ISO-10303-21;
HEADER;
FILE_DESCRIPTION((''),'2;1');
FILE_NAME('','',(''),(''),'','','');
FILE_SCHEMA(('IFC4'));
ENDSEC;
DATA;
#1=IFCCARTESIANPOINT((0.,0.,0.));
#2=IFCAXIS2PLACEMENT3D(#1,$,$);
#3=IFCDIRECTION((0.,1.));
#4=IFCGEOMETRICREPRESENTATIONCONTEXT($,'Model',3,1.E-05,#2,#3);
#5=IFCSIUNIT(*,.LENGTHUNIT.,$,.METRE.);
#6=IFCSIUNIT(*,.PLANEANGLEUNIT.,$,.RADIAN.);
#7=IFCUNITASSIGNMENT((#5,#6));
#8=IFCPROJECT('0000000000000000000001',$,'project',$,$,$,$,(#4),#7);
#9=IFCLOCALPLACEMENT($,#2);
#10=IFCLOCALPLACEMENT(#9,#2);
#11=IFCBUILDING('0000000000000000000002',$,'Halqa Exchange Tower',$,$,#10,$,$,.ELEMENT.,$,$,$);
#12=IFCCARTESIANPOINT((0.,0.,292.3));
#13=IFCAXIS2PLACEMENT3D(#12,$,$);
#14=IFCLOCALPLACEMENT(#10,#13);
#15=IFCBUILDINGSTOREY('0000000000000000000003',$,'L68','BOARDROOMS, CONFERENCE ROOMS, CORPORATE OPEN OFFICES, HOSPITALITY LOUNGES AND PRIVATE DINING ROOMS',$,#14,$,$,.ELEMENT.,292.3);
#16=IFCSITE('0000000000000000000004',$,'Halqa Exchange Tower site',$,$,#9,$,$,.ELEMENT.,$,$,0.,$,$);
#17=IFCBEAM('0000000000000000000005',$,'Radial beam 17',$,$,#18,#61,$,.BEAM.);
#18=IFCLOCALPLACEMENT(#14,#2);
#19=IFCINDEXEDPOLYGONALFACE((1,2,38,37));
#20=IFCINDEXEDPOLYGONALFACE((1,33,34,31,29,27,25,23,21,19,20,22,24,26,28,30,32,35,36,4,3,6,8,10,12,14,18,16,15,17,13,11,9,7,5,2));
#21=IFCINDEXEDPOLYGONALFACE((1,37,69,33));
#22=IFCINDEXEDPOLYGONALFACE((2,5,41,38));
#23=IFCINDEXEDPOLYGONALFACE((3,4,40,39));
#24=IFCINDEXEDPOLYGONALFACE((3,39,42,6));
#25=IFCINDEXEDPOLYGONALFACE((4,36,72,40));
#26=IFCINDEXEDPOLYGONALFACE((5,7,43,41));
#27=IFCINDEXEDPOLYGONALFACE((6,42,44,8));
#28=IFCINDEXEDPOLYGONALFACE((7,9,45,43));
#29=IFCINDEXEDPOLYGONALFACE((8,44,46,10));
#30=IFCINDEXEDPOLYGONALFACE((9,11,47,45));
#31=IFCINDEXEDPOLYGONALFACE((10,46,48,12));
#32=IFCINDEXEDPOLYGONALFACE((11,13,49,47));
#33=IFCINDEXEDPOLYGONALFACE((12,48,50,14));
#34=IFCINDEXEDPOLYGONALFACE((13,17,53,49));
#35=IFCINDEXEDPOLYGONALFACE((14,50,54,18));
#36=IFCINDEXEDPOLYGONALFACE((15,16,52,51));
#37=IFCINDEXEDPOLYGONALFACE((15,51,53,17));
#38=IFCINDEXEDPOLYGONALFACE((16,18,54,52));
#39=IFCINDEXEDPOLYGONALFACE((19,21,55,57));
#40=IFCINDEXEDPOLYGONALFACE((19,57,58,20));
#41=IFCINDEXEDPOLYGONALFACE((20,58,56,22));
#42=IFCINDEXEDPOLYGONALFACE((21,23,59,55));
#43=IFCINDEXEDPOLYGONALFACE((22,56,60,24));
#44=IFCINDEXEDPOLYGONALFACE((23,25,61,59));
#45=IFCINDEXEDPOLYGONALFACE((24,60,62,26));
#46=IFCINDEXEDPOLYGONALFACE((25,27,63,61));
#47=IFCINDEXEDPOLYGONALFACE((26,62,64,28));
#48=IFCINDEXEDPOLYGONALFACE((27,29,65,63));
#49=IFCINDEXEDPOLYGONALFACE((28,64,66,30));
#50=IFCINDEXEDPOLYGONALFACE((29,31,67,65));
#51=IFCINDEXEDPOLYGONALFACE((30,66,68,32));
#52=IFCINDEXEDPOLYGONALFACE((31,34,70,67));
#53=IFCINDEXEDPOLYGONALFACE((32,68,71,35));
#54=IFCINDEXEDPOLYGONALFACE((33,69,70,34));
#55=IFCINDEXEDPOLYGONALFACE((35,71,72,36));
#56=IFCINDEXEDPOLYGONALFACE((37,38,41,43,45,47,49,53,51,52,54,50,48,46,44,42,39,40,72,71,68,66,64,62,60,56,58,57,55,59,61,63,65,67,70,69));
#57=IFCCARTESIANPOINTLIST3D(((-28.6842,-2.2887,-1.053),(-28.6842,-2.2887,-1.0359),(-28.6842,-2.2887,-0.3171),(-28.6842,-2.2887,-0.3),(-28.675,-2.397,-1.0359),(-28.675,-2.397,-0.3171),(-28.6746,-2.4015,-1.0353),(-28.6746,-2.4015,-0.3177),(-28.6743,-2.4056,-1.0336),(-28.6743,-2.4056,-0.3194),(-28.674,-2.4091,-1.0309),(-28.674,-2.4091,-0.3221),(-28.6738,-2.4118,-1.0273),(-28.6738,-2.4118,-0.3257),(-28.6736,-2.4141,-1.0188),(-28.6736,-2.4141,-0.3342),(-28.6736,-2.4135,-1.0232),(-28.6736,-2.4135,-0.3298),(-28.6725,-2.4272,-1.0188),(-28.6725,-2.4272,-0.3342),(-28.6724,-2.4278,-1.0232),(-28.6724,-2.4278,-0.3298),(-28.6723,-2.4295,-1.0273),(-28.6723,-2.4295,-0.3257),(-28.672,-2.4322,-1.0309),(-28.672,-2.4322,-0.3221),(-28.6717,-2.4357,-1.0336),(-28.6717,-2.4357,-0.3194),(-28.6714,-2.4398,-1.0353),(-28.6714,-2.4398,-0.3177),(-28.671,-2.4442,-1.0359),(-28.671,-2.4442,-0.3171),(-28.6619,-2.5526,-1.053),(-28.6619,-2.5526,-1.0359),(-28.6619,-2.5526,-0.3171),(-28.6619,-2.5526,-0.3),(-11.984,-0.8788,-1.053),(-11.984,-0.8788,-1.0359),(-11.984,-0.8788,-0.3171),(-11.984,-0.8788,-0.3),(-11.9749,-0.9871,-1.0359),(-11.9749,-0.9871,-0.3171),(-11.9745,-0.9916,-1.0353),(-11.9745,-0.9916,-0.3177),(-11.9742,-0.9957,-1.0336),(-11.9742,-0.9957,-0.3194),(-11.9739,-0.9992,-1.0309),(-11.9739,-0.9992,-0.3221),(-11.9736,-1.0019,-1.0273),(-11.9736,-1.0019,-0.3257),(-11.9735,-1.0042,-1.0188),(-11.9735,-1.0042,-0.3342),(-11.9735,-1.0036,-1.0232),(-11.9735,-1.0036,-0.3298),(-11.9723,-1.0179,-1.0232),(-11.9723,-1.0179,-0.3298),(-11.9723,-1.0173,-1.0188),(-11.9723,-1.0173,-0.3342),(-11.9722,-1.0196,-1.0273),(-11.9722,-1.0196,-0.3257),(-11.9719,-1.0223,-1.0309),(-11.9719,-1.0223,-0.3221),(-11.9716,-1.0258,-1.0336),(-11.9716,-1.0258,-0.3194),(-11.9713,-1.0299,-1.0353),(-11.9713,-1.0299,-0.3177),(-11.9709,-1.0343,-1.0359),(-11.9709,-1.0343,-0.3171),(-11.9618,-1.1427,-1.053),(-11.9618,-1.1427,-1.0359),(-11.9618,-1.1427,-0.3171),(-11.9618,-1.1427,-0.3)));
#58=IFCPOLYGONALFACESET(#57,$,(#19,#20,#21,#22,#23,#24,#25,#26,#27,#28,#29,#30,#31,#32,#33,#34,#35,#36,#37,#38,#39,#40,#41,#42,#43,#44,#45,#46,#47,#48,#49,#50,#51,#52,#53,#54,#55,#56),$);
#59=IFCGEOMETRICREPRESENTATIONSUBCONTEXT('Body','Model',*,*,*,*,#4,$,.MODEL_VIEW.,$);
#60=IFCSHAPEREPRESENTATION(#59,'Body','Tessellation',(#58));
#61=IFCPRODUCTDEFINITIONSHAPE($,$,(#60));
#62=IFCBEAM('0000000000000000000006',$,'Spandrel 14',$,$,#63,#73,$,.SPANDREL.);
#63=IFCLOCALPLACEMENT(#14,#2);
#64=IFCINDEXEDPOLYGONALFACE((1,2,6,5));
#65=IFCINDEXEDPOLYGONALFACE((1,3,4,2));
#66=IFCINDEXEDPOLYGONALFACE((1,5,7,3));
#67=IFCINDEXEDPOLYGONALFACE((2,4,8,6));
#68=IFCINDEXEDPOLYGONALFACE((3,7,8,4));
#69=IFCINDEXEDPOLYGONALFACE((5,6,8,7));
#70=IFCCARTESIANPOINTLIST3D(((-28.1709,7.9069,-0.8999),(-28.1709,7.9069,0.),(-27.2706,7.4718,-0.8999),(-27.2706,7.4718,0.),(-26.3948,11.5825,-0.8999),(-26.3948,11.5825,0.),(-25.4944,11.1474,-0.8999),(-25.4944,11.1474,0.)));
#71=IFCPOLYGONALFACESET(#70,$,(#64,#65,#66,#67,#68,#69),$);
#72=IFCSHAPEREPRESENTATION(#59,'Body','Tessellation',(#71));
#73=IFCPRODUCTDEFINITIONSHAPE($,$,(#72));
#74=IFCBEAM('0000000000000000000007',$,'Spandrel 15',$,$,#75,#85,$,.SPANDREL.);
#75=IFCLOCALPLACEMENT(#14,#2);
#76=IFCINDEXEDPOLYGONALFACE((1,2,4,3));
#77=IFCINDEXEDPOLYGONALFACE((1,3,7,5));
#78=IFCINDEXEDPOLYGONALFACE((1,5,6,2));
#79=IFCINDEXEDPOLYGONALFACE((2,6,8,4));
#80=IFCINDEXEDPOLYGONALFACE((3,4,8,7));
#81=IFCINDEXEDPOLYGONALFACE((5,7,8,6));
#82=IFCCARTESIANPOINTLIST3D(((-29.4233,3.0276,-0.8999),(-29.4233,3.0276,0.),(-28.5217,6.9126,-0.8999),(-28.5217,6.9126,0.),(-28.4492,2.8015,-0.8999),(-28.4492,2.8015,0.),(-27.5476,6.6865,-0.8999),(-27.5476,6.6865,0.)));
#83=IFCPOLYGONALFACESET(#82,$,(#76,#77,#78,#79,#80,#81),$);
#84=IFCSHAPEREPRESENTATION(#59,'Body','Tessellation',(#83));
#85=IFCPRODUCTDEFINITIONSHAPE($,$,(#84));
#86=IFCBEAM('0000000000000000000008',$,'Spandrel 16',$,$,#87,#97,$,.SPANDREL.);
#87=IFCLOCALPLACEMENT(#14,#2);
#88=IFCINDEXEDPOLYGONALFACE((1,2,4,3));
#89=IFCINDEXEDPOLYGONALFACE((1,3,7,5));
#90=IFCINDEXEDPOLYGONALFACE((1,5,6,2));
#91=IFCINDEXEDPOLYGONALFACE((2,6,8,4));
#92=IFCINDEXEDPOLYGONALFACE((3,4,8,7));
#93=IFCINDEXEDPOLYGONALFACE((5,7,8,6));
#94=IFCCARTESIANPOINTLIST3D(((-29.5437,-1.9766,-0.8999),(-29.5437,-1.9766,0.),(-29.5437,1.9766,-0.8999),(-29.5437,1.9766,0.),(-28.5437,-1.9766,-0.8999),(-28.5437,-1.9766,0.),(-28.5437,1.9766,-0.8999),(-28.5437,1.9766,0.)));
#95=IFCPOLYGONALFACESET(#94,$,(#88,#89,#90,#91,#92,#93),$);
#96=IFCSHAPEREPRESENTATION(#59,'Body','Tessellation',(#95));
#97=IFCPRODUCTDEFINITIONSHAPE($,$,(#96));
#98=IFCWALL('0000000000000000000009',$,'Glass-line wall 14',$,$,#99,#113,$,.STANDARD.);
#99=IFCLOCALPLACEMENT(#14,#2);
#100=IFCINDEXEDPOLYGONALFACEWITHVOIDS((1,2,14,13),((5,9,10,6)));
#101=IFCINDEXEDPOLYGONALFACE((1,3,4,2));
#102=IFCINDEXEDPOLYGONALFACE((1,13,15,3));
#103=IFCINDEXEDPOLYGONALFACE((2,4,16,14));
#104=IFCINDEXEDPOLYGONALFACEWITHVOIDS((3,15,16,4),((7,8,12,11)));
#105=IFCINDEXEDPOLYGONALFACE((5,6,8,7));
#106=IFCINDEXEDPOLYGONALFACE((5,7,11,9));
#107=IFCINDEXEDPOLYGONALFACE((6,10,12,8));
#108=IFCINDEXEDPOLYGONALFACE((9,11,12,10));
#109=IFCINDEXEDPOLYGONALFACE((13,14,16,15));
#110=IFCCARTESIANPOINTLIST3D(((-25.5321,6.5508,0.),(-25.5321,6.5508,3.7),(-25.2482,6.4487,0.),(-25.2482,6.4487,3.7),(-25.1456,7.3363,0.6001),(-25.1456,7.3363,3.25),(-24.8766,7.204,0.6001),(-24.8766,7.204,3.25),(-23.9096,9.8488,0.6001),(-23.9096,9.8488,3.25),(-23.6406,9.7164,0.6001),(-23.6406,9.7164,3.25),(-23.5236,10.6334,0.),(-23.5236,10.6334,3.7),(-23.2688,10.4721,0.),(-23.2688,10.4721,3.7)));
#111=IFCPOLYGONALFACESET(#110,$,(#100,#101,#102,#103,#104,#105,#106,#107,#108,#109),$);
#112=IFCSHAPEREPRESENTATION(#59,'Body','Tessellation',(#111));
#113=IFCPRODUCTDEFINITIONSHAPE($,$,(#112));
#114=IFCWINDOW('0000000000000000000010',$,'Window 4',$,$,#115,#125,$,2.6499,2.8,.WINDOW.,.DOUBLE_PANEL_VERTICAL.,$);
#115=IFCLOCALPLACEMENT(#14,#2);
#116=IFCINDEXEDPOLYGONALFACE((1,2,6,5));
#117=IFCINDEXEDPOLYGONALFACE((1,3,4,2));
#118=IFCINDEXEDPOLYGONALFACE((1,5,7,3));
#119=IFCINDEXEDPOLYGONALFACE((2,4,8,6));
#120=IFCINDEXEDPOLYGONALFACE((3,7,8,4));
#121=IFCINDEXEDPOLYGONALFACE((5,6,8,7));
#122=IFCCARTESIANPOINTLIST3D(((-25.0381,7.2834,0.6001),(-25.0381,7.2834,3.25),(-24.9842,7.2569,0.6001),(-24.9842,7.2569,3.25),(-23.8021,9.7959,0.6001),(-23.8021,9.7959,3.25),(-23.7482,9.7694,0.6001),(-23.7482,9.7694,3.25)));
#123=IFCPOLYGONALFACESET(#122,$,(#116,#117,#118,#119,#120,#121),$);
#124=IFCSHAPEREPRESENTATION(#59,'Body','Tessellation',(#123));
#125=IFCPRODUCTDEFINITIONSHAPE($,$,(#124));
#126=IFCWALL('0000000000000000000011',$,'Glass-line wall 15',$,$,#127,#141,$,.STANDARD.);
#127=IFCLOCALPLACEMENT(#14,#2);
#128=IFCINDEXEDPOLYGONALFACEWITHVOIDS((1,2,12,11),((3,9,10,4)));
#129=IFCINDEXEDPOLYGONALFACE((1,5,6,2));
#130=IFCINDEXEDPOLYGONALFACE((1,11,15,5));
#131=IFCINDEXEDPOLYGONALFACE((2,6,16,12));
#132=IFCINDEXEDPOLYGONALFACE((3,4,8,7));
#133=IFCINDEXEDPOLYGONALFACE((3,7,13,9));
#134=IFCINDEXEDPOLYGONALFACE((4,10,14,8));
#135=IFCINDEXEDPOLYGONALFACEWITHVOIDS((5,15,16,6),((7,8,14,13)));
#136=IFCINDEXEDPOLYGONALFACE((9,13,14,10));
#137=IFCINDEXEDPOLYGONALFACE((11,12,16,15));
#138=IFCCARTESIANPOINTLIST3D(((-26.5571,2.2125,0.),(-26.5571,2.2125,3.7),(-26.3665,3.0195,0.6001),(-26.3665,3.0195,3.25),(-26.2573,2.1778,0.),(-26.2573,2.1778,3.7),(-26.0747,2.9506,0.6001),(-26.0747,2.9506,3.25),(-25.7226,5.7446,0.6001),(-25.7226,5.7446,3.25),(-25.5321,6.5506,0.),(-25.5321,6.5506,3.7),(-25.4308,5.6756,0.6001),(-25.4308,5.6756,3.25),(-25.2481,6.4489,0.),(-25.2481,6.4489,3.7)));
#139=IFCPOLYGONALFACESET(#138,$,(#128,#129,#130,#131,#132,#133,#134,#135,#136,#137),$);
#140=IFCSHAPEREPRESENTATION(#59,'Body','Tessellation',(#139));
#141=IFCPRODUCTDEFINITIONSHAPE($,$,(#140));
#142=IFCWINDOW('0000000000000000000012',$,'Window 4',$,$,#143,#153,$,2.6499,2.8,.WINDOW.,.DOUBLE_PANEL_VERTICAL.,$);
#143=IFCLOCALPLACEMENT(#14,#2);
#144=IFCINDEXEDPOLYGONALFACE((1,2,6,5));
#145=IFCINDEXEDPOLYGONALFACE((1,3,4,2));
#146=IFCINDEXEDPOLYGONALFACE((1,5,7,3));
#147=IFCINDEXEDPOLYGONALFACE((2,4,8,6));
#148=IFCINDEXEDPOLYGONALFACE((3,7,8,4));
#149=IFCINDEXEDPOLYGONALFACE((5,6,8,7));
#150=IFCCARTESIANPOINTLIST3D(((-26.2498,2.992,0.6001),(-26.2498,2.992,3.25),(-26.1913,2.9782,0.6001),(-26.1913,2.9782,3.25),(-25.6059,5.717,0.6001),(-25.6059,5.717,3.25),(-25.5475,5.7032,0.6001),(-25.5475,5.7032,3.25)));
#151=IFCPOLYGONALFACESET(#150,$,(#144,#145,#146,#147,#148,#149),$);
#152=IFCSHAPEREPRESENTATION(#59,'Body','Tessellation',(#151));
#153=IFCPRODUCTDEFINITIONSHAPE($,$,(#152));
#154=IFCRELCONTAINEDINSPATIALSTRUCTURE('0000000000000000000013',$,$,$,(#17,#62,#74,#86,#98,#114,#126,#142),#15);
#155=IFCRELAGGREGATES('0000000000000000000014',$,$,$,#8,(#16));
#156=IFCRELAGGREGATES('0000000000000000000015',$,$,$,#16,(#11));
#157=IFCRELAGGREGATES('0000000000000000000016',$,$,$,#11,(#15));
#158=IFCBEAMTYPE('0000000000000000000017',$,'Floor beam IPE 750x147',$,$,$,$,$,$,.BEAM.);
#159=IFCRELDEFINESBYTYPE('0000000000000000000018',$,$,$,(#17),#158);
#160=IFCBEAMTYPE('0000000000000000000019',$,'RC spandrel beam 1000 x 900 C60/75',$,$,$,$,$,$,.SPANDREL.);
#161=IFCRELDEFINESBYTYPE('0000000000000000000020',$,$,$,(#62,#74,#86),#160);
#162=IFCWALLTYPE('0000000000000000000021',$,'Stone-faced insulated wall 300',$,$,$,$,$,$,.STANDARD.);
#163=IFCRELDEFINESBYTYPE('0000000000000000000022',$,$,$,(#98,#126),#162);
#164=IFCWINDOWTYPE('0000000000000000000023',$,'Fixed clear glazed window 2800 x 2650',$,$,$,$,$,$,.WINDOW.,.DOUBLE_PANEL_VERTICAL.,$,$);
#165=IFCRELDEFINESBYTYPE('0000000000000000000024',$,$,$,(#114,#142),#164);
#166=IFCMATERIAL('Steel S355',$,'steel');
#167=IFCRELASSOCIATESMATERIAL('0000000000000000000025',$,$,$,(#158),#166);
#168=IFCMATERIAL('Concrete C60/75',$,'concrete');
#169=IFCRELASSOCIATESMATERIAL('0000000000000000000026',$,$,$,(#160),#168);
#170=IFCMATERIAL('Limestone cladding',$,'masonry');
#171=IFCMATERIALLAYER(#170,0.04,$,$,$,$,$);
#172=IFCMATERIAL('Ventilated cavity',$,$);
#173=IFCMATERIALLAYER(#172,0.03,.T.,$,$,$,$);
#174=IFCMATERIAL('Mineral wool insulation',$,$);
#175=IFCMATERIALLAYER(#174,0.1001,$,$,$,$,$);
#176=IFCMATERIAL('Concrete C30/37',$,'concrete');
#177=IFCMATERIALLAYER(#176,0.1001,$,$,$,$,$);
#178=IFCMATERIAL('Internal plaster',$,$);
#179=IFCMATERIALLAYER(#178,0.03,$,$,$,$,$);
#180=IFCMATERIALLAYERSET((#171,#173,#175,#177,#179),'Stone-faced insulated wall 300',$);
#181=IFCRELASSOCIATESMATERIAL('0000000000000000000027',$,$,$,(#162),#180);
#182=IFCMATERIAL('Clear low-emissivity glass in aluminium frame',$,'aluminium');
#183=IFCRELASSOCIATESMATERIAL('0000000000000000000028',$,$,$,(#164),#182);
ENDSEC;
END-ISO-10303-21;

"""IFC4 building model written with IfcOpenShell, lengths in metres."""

from ifc_helpers import new_model, si_unit, direction, frame, frame_2d, origin, origin_2d, place, context, subcontext, project, spatial, polyline, rectangle, i_section, outline, extrude, material, layer, layer_set, material_profile, profile_set, type_object, element, fill, save


model = new_model("IFC4")

# Units and contexts
model_context = context("Model", 3, precision=1e-05, world=origin(), true_north=direction((0.0, 1.0)))
body_context = subcontext(model_context, "Body", "Model", "MODEL_VIEW")
ifc_project = project(units=[si_unit("LENGTHUNIT", "METRE"), si_unit("PLANEANGLEUNIT", "RADIAN")], contexts=[model_context])

# Site, building, storey
site_placement = place(None, origin())
site = spatial("IfcSite", under=ifc_project, at=site_placement, Name="Halqa Exchange Tower site", CompositionType="ELEMENT", RefElevation=0.0)
building_placement = place(site_placement, origin())
building = spatial("IfcBuilding", under=site, at=building_placement, Name="Halqa Exchange Tower", CompositionType="ELEMENT")
storey_placement = place(building_placement, frame((0.0, 0.0, 292.3)))
storey = spatial("IfcBuildingStorey", under=building, at=storey_placement, Name="L68", Description="BOARDROOMS, CONFERENCE ROOMS, CORPORATE OPEN OFFICES, HOSPITALITY LOUNGES AND PRIVATE DINING ROOMS", CompositionType="ELEMENT", Elevation=292.3)

# Beams
ifc_material_1 = material(Name="Steel S355", Category="steel")
ifc_material_profile_1 = material_profile(ifc_material_1, i_section(OverallWidth=0.2649, OverallDepth=0.7529, WebThickness=0.0132, FlangeThickness=0.0171, FilletRadius=0.0171, at=origin_2d()), Name="IPE 750x147")
ifc_profile_set_1 = profile_set([ifc_material_profile_1], Name="Steel S355")
beam_type_1 = type_object("IfcBeamType", Name="Floor beam IPE 750x147", PredefinedType="BEAM", material=ifc_profile_set_1)
for number, where, z_axis, x_axis, name in (
    (1, (-11.9729, -1.0107, -0.6765), (-0.996455, -0.084126, 0.0), (0.084126, -0.996455, 0.0), "Radial beam 17"),
):
    element("IfcBeam", number, at=place(storey_placement, frame(where, z_axis=z_axis, x_axis=x_axis)), inside=storey, type_object=beam_type_1, Name=name, PredefinedType="BEAM", context=body_context, shape_type="SweptSolid", body=[
        extrude(i_section(OverallWidth=0.2649, OverallDepth=0.7529, WebThickness=0.0132, FlangeThickness=0.0171, FilletRadius=0.0171, at=origin_2d()), origin(), (0.0, 0.0, 1.0), 16.7595),
    ])
ifc_material_2 = material(Name="Concrete C60/75", Category="concrete")
ifc_material_profile_2 = material_profile(ifc_material_2, rectangle(XDim=1.0, YDim=0.8999, at=origin_2d()), Name="1000 x 900")
ifc_profile_set_2 = profile_set([ifc_material_profile_2], Name="Concrete C60/75")
beam_type_2 = type_object("IfcBeamType", Name="RC spandrel beam 1000 x 900 C60/75", PredefinedType="SPANDREL", material=ifc_profile_set_2)
beam_1_placement = place(storey_placement, frame((-25.9446, 11.365, -0.45), z_axis=(-0.435092, -0.900386, 0.0), x_axis=(0.900386, -0.435092, 0.0)))
element("IfcBeam", 2, at=beam_1_placement, inside=storey, type_object=beam_type_2, Name="Spandrel 14", PredefinedType="SPANDREL", context=body_context, shape_type="SweptSolid", body=[
    extrude(rectangle(XDim=1.0, YDim=0.8999, at=origin_2d()), origin(), (0.0, 0.0, 1.0), 4.0823),
])
beam_2_placement = place(storey_placement, frame((-28.0347, 6.7996, -0.45), z_axis=(-0.226066, -0.974112, 0.0), x_axis=(0.974112, -0.226066, 0.0)))
element("IfcBeam", 3, at=beam_2_placement, inside=storey, type_object=beam_type_2, Name="Spandrel 15", PredefinedType="SPANDREL", context=body_context, shape_type="SweptSolid", body=[
    extrude(rectangle(XDim=1.0, YDim=0.8999, at=origin_2d()), origin(), (0.0, 0.0, 1.0), 3.9883),
])
beam_3_placement = place(storey_placement, frame((-29.0437, 1.9766, -0.45), z_axis=(0.0, -1.0, 0.0), x_axis=(1.0, 0.0, 0.0)))
element("IfcBeam", 4, at=beam_3_placement, inside=storey, type_object=beam_type_2, Name="Spandrel 16", PredefinedType="SPANDREL", context=body_context, shape_type="SweptSolid", body=[
    extrude(rectangle(XDim=1.0, YDim=0.8999, at=origin_2d()), origin(), (0.0, 0.0, 1.0), 3.9531),
])

# Walls, openings, windows
ifc_material_3 = material(Name="Limestone cladding", Category="masonry")
ifc_layer_1 = layer(ifc_material_3, 0.04)
ifc_material_4 = material(Name="Ventilated cavity")
ifc_layer_2 = layer(ifc_material_4, 0.03, ventilated=True)
ifc_material_5 = material(Name="Mineral wool insulation")
ifc_layer_3 = layer(ifc_material_5, 0.1001)
ifc_material_6 = material(Name="Concrete C30/37", Category="concrete")
ifc_layer_4 = layer(ifc_material_6, 0.1001)
ifc_material_7 = material(Name="Internal plaster")
ifc_layer_5 = layer(ifc_material_7, 0.03)
ifc_layer_set = layer_set([ifc_layer_1, ifc_layer_2, ifc_layer_3, ifc_layer_4, ifc_layer_5], Name="Stone-faced insulated wall 300")
wall_type = type_object("IfcWallType", Name="Stone-faced insulated wall 300", PredefinedType="STANDARD", material=ifc_layer_set)
wall_1_placement = place(storey_placement, frame((-23.3962, 10.5527, 0.0), z_axis=(0.0, 0.0, 1.0), x_axis=(-0.441432, -0.897295, 0.0)))
wall_1 = element("IfcWall", 5, at=wall_1_placement, inside=storey, type_object=wall_type, Name="Glass-line wall 14", PredefinedType="STANDARD", context=body_context, shape_type="SweptSolid", body=[
    extrude(outline(polyline([(-0.0161, -0.1499), (4.5337, -0.1499), (4.5, 0.1499), (0.0161, 0.1499), (-0.0161, -0.1499)])), origin(), (0.0, 0.0, 1.0), 3.7),
])
opening_1_placement = place(wall_1_placement, frame((0.8584, 0.0, 0.6001)))
opening_1 = element("IfcOpeningElement", 6, at=opening_1_placement, cuts=wall_1, PredefinedType="OPENING", context=body_context, shape_type="SweptSolid", body=[
    extrude(rectangle(XDim=2.8, YDim=2.6499, at=frame_2d((1.3999, 1.325))), frame((0.0, 0.1621, 0.0), z_axis=(0.0, -1.0, 0.0), x_axis=(1.0, 0.0, 0.0)), (0.0, 0.0, 1.0), 0.324),
])
ifc_material_8 = material(Name="Clear low-emissivity glass in aluminium frame", Category="aluminium")
window_type = type_object("IfcWindowType", Name="Fixed clear glazed window 2800 x 2650", PartitioningType="DOUBLE_PANEL_VERTICAL", PredefinedType="WINDOW", material=ifc_material_8)
window_1_placement = place(opening_1_placement, origin())
window_1 = element("IfcWindow", 7, at=window_1_placement, inside=storey, type_object=window_type, Name="Window 4", OverallHeight=2.6499, OverallWidth=2.8, PartitioningType="DOUBLE_PANEL_VERTICAL", PredefinedType="WINDOW", context=body_context, shape_type="SweptSolid", body=[
    extrude(rectangle(XDim=2.8, YDim=2.6499, at=frame_2d((1.3999, 1.325))), frame((0.0, 0.03, 0.0), z_axis=(0.0, -1.0, 0.0), x_axis=(1.0, 0.0, 0.0)), (0.0, 0.0, 1.0), 0.0601),
])
fill(opening_1, window_1)
wall_2_placement = place(storey_placement, frame((-25.3901, 6.4998, 0.0), z_axis=(0.0, 0.0, 1.0), x_axis=(-0.229944, -0.973204, 0.0)))
wall_2 = element("IfcWall", 8, at=wall_2_placement, inside=storey, type_object=wall_type, Name="Glass-line wall 15", PredefinedType="STANDARD", context=body_context, shape_type="SweptSolid", body=[
    extrude(outline(polyline([(-0.0168, -0.1499), (4.4407, -0.1499), (4.4055, 0.1499), (0.0168, 0.1499), (-0.0168, -0.1499)])), origin(), (0.0, 0.0, 1.0), 3.7),
])
opening_2_placement = place(wall_2_placement, frame((0.8115, 0.0, 0.6001)))
opening_2 = element("IfcOpeningElement", 9, at=opening_2_placement, cuts=wall_2, PredefinedType="OPENING", context=body_context, shape_type="SweptSolid", body=[
    extrude(rectangle(XDim=2.8, YDim=2.6499, at=frame_2d((1.3999, 1.325))), frame((0.0, 0.1621, 0.0), z_axis=(0.0, -1.0, 0.0), x_axis=(1.0, 0.0, 0.0)), (0.0, 0.0, 1.0), 0.324),
])
window_2_placement = place(opening_2_placement, origin())
window_2 = element("IfcWindow", 10, at=window_2_placement, inside=storey, type_object=window_type, Name="Window 4", OverallHeight=2.6499, OverallWidth=2.8, PartitioningType="DOUBLE_PANEL_VERTICAL", PredefinedType="WINDOW", context=body_context, shape_type="SweptSolid", body=[
    extrude(rectangle(XDim=2.8, YDim=2.6499, at=frame_2d((1.3999, 1.325))), frame((0.0, 0.03, 0.0), z_axis=(0.0, -1.0, 0.0), x_axis=(1.0, 0.0, 0.0)), (0.0, 0.0, 1.0), 0.0601),
])
fill(opening_2, window_2)

save(model, "model.ifc")
